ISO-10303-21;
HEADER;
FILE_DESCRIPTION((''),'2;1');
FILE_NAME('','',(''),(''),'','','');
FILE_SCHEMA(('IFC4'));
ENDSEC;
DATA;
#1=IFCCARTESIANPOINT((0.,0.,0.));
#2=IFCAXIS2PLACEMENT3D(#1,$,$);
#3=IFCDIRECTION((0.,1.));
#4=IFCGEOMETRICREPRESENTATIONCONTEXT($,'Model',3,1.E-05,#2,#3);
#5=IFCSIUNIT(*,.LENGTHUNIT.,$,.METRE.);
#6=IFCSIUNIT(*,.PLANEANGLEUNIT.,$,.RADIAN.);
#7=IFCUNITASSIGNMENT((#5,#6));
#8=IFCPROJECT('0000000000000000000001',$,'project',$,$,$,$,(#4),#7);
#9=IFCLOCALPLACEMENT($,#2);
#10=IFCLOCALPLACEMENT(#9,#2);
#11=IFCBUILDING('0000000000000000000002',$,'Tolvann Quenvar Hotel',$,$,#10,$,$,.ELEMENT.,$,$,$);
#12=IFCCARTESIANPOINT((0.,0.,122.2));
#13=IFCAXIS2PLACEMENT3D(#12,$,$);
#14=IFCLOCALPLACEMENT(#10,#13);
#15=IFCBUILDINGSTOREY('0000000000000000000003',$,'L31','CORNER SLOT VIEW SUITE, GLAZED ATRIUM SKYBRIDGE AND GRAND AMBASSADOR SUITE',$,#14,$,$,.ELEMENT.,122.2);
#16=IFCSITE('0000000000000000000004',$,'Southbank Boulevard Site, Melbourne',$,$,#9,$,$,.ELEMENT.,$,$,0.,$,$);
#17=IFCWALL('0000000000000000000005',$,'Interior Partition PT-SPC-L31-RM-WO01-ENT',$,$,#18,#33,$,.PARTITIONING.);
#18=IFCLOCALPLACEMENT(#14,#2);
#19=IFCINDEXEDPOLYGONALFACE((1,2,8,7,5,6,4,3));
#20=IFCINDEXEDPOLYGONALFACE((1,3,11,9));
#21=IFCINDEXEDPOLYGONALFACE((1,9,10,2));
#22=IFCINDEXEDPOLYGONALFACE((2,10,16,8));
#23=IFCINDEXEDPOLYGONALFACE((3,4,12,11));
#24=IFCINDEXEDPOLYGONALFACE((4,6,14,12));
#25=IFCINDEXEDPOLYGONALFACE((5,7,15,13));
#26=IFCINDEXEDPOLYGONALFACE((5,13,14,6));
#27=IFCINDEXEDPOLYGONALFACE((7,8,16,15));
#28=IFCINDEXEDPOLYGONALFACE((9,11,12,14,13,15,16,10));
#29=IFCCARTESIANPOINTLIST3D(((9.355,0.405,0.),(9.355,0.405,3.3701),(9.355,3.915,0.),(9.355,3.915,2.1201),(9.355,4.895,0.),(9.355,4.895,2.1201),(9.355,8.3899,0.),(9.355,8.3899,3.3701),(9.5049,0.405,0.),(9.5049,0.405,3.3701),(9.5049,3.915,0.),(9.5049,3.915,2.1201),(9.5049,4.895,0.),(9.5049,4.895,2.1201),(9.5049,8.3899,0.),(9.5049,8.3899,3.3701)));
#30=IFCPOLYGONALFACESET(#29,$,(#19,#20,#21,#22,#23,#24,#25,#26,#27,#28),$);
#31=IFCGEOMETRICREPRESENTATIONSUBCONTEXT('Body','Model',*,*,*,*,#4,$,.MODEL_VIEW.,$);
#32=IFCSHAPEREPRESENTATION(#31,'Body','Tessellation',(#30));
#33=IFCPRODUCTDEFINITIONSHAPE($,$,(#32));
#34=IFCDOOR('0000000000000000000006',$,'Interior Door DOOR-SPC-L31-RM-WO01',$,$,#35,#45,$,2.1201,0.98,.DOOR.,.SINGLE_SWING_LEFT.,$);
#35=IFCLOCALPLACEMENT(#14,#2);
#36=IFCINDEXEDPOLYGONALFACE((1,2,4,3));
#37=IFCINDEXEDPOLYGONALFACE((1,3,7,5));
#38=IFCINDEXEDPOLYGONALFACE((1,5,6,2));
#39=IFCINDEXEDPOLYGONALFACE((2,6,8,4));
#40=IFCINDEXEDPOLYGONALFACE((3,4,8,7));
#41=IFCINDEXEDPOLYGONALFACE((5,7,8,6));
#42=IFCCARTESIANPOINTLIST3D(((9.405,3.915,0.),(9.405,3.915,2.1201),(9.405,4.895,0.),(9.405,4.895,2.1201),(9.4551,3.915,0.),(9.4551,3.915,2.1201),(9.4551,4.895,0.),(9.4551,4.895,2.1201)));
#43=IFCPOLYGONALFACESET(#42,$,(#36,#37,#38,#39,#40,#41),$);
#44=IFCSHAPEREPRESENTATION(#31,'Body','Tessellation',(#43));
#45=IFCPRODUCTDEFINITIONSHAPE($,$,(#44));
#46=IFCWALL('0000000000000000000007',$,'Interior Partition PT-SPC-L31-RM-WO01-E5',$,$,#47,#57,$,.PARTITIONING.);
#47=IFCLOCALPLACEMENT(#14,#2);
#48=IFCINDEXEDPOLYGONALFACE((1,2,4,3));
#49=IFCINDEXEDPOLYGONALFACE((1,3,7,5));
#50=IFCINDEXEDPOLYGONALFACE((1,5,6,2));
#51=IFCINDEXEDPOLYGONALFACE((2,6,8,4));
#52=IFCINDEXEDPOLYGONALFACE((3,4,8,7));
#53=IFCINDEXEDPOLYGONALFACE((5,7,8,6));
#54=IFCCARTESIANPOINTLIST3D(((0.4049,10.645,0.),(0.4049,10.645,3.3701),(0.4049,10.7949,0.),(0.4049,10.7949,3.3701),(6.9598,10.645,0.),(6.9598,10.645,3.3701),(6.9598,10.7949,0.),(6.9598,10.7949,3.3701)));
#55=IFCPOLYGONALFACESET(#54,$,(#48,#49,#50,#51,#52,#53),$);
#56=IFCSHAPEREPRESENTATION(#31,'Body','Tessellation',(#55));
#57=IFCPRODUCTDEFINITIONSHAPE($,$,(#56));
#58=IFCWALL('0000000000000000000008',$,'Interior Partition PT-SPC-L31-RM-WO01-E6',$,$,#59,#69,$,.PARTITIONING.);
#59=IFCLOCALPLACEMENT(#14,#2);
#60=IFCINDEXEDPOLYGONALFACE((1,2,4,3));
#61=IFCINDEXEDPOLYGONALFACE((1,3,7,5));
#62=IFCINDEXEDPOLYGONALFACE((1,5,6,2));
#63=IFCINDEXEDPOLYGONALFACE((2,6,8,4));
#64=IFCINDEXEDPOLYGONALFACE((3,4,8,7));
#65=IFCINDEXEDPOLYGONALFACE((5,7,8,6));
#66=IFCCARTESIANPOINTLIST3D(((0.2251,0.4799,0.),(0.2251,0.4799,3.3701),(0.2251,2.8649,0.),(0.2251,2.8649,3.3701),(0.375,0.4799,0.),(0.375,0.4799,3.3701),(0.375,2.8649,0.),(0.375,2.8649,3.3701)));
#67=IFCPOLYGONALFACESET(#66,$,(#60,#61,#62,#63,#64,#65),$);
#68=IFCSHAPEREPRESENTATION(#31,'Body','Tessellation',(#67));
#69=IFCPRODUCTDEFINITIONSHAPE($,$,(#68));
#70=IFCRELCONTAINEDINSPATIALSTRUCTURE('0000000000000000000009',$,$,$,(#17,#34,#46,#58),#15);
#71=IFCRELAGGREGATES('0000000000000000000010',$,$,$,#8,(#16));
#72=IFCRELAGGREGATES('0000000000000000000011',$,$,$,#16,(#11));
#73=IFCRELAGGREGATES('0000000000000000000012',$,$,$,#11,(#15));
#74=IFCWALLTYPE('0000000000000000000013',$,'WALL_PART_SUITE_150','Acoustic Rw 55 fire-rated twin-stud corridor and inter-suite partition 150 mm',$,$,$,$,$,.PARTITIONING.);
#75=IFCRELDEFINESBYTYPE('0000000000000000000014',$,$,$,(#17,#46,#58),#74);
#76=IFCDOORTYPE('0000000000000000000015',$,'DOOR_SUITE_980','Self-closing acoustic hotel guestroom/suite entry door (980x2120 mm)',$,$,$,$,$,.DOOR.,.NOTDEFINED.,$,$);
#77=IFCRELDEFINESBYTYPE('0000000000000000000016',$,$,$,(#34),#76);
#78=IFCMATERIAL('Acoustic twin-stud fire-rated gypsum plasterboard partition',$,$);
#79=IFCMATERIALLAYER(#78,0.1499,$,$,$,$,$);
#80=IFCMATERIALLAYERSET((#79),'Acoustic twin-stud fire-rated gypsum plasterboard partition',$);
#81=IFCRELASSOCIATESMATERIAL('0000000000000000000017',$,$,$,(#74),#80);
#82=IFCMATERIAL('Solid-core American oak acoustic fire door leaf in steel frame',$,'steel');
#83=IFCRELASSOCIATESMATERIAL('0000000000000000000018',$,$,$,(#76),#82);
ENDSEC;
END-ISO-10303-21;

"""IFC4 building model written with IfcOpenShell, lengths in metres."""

from ifc_helpers import new_model, si_unit, direction, frame, frame_2d, origin, place, context, subcontext, project, spatial, rectangle, extrude, source, transform, mapped, material, layer, layer_set, type_object, type_shapes, element, fill, save


model = new_model("IFC4")

# Units and contexts
model_context = context("Model", 3, precision=1e-05, world=origin(), true_north=direction((0.0, 1.0)))
body_context = subcontext(model_context, "Body", "Model", "MODEL_VIEW")
ifc_project = project(units=[si_unit("LENGTHUNIT", "METRE"), si_unit("PLANEANGLEUNIT", "RADIAN")], contexts=[model_context])

# Site, building, storey
site_placement = place(None, origin())
site = spatial("IfcSite", under=ifc_project, at=site_placement, Name="Southbank Boulevard Site, Melbourne", CompositionType="ELEMENT", RefElevation=0.0)
building_placement = place(site_placement, origin())
building = spatial("IfcBuilding", under=site, at=building_placement, Name="Tolvann Quenvar Hotel", CompositionType="ELEMENT")
storey_placement = place(building_placement, frame((0.0, 0.0, 122.2)))
storey = spatial("IfcBuildingStorey", under=building, at=storey_placement, Name="L31", Description="CORNER SLOT VIEW SUITE, GLAZED ATRIUM SKYBRIDGE AND GRAND AMBASSADOR SUITE", CompositionType="ELEMENT", Elevation=122.2)

# Shared definitions
ifc_material_1 = material(Name="Acoustic twin-stud fire-rated gypsum plasterboard partition")
ifc_layer_1 = layer(ifc_material_1, 0.1499)
ifc_layer_set_1 = layer_set([ifc_layer_1], Name="Acoustic twin-stud fire-rated gypsum plasterboard partition")
wall_type_1 = type_object("IfcWallType", Name="WALL_PART_SUITE_150", Description="Acoustic Rw 55 fire-rated twin-stud corridor and inter-suite partition 150 mm", PredefinedType="PARTITIONING", material=ifc_layer_set_1)
ifc_material_2 = material(Name="Solid-core American oak acoustic fire door leaf in steel frame", Category="steel")

# Wall, opening, door
wall_1_placement = place(storey_placement, frame((9.4299, 0.405, 0.0), z_axis=(0.0, 0.0, 1.0), x_axis=(0.0, 1.0, 0.0)))
wall_1 = element("IfcWall", 1, at=wall_1_placement, inside=storey, type_object=wall_type_1, Name="Interior Partition PT-SPC-L31-RM-WO01-ENT", PredefinedType="PARTITIONING", context=body_context, shape_type="SweptSolid", body=[
    extrude(rectangle(XDim=7.9849, YDim=0.1499, at=frame_2d((3.9924, 0.0))), origin(), (0.0, 0.0, 1.0), 3.3701),
])
opening_1_placement = place(wall_1_placement, frame((3.51, 0.0, 0.0)))
opening_1 = element("IfcOpeningElement", 2, at=opening_1_placement, cuts=wall_1, PredefinedType="OPENING", context=body_context, shape_type="SweptSolid", body=[
    extrude(rectangle(XDim=0.98, YDim=2.1201, at=frame_2d((0.49, 1.0601))), frame((0.0, 0.085, 0.0), z_axis=(0.0, -1.0, 0.0), x_axis=(1.0, 0.0, 0.0)), (0.0, 0.0, 1.0), 0.1699),
])
door_type_1 = type_object("IfcDoorType", Name="DOOR_SUITE_980", Description="Self-closing acoustic hotel guestroom/suite entry door (980x2120 mm)", OperationType="NOTDEFINED", PredefinedType="DOOR", material=ifc_material_2)
shared_shape_1 = source(origin(), body_context, "Body", "SweptSolid", [
    extrude(rectangle(XDim=0.98, YDim=2.1201, at=frame_2d((0.49, 1.0601))), frame((0.0, 0.0249, 0.0), z_axis=(0.0, -1.0, 0.0), x_axis=(1.0, 0.0, 0.0)), (0.0, 0.0, 1.0), 0.05),
])
type_shapes(door_type_1, [shared_shape_1])
door_1_placement = place(opening_1_placement, origin())
door_1 = element("IfcDoor", 3, at=door_1_placement, inside=storey, type_object=door_type_1, Name="Interior Door DOOR-SPC-L31-RM-WO01", OperationType="SINGLE_SWING_LEFT", OverallHeight=2.1201, OverallWidth=0.98, PredefinedType="DOOR", context=body_context, shape_type="MappedRepresentation", body=[
    mapped(shared_shape_1, transform((0.0, 0.0, 0.0), x_axis=(1.0, 0.0, 0.0), y_axis=(0.0, 1.0, 0.0), z_axis=(0.0, 0.0, 1.0), scale=1.0)),
])
fill(opening_1, door_1)

# Walls
wall_2_placement = place(storey_placement, frame((0.405, 10.72, 0.0), z_axis=(0.0, 0.0, 1.0), x_axis=(1.0, 0.0, 0.0)))
element("IfcWall", 4, at=wall_2_placement, inside=storey, type_object=wall_type_1, Name="Interior Partition PT-SPC-L31-RM-WO01-E5", PredefinedType="PARTITIONING", context=body_context, shape_type="SweptSolid", body=[
    extrude(rectangle(XDim=6.5549, YDim=0.1499, at=frame_2d((3.2773, 0.0))), origin(), (0.0, 0.0, 1.0), 3.3701),
])
wall_3_placement = place(storey_placement, frame((0.3, 0.48, 0.0), z_axis=(0.0, 0.0, 1.0), x_axis=(0.0, 1.0, 0.0)))
element("IfcWall", 5, at=wall_3_placement, inside=storey, type_object=wall_type_1, Name="Interior Partition PT-SPC-L31-RM-WO01-E6", PredefinedType="PARTITIONING", context=body_context, shape_type="SweptSolid", body=[
    extrude(rectangle(XDim=2.385, YDim=0.1499, at=frame_2d((1.1924, 0.0))), origin(), (0.0, 0.0, 1.0), 3.3701),
])

save(model, "model.ifc")
